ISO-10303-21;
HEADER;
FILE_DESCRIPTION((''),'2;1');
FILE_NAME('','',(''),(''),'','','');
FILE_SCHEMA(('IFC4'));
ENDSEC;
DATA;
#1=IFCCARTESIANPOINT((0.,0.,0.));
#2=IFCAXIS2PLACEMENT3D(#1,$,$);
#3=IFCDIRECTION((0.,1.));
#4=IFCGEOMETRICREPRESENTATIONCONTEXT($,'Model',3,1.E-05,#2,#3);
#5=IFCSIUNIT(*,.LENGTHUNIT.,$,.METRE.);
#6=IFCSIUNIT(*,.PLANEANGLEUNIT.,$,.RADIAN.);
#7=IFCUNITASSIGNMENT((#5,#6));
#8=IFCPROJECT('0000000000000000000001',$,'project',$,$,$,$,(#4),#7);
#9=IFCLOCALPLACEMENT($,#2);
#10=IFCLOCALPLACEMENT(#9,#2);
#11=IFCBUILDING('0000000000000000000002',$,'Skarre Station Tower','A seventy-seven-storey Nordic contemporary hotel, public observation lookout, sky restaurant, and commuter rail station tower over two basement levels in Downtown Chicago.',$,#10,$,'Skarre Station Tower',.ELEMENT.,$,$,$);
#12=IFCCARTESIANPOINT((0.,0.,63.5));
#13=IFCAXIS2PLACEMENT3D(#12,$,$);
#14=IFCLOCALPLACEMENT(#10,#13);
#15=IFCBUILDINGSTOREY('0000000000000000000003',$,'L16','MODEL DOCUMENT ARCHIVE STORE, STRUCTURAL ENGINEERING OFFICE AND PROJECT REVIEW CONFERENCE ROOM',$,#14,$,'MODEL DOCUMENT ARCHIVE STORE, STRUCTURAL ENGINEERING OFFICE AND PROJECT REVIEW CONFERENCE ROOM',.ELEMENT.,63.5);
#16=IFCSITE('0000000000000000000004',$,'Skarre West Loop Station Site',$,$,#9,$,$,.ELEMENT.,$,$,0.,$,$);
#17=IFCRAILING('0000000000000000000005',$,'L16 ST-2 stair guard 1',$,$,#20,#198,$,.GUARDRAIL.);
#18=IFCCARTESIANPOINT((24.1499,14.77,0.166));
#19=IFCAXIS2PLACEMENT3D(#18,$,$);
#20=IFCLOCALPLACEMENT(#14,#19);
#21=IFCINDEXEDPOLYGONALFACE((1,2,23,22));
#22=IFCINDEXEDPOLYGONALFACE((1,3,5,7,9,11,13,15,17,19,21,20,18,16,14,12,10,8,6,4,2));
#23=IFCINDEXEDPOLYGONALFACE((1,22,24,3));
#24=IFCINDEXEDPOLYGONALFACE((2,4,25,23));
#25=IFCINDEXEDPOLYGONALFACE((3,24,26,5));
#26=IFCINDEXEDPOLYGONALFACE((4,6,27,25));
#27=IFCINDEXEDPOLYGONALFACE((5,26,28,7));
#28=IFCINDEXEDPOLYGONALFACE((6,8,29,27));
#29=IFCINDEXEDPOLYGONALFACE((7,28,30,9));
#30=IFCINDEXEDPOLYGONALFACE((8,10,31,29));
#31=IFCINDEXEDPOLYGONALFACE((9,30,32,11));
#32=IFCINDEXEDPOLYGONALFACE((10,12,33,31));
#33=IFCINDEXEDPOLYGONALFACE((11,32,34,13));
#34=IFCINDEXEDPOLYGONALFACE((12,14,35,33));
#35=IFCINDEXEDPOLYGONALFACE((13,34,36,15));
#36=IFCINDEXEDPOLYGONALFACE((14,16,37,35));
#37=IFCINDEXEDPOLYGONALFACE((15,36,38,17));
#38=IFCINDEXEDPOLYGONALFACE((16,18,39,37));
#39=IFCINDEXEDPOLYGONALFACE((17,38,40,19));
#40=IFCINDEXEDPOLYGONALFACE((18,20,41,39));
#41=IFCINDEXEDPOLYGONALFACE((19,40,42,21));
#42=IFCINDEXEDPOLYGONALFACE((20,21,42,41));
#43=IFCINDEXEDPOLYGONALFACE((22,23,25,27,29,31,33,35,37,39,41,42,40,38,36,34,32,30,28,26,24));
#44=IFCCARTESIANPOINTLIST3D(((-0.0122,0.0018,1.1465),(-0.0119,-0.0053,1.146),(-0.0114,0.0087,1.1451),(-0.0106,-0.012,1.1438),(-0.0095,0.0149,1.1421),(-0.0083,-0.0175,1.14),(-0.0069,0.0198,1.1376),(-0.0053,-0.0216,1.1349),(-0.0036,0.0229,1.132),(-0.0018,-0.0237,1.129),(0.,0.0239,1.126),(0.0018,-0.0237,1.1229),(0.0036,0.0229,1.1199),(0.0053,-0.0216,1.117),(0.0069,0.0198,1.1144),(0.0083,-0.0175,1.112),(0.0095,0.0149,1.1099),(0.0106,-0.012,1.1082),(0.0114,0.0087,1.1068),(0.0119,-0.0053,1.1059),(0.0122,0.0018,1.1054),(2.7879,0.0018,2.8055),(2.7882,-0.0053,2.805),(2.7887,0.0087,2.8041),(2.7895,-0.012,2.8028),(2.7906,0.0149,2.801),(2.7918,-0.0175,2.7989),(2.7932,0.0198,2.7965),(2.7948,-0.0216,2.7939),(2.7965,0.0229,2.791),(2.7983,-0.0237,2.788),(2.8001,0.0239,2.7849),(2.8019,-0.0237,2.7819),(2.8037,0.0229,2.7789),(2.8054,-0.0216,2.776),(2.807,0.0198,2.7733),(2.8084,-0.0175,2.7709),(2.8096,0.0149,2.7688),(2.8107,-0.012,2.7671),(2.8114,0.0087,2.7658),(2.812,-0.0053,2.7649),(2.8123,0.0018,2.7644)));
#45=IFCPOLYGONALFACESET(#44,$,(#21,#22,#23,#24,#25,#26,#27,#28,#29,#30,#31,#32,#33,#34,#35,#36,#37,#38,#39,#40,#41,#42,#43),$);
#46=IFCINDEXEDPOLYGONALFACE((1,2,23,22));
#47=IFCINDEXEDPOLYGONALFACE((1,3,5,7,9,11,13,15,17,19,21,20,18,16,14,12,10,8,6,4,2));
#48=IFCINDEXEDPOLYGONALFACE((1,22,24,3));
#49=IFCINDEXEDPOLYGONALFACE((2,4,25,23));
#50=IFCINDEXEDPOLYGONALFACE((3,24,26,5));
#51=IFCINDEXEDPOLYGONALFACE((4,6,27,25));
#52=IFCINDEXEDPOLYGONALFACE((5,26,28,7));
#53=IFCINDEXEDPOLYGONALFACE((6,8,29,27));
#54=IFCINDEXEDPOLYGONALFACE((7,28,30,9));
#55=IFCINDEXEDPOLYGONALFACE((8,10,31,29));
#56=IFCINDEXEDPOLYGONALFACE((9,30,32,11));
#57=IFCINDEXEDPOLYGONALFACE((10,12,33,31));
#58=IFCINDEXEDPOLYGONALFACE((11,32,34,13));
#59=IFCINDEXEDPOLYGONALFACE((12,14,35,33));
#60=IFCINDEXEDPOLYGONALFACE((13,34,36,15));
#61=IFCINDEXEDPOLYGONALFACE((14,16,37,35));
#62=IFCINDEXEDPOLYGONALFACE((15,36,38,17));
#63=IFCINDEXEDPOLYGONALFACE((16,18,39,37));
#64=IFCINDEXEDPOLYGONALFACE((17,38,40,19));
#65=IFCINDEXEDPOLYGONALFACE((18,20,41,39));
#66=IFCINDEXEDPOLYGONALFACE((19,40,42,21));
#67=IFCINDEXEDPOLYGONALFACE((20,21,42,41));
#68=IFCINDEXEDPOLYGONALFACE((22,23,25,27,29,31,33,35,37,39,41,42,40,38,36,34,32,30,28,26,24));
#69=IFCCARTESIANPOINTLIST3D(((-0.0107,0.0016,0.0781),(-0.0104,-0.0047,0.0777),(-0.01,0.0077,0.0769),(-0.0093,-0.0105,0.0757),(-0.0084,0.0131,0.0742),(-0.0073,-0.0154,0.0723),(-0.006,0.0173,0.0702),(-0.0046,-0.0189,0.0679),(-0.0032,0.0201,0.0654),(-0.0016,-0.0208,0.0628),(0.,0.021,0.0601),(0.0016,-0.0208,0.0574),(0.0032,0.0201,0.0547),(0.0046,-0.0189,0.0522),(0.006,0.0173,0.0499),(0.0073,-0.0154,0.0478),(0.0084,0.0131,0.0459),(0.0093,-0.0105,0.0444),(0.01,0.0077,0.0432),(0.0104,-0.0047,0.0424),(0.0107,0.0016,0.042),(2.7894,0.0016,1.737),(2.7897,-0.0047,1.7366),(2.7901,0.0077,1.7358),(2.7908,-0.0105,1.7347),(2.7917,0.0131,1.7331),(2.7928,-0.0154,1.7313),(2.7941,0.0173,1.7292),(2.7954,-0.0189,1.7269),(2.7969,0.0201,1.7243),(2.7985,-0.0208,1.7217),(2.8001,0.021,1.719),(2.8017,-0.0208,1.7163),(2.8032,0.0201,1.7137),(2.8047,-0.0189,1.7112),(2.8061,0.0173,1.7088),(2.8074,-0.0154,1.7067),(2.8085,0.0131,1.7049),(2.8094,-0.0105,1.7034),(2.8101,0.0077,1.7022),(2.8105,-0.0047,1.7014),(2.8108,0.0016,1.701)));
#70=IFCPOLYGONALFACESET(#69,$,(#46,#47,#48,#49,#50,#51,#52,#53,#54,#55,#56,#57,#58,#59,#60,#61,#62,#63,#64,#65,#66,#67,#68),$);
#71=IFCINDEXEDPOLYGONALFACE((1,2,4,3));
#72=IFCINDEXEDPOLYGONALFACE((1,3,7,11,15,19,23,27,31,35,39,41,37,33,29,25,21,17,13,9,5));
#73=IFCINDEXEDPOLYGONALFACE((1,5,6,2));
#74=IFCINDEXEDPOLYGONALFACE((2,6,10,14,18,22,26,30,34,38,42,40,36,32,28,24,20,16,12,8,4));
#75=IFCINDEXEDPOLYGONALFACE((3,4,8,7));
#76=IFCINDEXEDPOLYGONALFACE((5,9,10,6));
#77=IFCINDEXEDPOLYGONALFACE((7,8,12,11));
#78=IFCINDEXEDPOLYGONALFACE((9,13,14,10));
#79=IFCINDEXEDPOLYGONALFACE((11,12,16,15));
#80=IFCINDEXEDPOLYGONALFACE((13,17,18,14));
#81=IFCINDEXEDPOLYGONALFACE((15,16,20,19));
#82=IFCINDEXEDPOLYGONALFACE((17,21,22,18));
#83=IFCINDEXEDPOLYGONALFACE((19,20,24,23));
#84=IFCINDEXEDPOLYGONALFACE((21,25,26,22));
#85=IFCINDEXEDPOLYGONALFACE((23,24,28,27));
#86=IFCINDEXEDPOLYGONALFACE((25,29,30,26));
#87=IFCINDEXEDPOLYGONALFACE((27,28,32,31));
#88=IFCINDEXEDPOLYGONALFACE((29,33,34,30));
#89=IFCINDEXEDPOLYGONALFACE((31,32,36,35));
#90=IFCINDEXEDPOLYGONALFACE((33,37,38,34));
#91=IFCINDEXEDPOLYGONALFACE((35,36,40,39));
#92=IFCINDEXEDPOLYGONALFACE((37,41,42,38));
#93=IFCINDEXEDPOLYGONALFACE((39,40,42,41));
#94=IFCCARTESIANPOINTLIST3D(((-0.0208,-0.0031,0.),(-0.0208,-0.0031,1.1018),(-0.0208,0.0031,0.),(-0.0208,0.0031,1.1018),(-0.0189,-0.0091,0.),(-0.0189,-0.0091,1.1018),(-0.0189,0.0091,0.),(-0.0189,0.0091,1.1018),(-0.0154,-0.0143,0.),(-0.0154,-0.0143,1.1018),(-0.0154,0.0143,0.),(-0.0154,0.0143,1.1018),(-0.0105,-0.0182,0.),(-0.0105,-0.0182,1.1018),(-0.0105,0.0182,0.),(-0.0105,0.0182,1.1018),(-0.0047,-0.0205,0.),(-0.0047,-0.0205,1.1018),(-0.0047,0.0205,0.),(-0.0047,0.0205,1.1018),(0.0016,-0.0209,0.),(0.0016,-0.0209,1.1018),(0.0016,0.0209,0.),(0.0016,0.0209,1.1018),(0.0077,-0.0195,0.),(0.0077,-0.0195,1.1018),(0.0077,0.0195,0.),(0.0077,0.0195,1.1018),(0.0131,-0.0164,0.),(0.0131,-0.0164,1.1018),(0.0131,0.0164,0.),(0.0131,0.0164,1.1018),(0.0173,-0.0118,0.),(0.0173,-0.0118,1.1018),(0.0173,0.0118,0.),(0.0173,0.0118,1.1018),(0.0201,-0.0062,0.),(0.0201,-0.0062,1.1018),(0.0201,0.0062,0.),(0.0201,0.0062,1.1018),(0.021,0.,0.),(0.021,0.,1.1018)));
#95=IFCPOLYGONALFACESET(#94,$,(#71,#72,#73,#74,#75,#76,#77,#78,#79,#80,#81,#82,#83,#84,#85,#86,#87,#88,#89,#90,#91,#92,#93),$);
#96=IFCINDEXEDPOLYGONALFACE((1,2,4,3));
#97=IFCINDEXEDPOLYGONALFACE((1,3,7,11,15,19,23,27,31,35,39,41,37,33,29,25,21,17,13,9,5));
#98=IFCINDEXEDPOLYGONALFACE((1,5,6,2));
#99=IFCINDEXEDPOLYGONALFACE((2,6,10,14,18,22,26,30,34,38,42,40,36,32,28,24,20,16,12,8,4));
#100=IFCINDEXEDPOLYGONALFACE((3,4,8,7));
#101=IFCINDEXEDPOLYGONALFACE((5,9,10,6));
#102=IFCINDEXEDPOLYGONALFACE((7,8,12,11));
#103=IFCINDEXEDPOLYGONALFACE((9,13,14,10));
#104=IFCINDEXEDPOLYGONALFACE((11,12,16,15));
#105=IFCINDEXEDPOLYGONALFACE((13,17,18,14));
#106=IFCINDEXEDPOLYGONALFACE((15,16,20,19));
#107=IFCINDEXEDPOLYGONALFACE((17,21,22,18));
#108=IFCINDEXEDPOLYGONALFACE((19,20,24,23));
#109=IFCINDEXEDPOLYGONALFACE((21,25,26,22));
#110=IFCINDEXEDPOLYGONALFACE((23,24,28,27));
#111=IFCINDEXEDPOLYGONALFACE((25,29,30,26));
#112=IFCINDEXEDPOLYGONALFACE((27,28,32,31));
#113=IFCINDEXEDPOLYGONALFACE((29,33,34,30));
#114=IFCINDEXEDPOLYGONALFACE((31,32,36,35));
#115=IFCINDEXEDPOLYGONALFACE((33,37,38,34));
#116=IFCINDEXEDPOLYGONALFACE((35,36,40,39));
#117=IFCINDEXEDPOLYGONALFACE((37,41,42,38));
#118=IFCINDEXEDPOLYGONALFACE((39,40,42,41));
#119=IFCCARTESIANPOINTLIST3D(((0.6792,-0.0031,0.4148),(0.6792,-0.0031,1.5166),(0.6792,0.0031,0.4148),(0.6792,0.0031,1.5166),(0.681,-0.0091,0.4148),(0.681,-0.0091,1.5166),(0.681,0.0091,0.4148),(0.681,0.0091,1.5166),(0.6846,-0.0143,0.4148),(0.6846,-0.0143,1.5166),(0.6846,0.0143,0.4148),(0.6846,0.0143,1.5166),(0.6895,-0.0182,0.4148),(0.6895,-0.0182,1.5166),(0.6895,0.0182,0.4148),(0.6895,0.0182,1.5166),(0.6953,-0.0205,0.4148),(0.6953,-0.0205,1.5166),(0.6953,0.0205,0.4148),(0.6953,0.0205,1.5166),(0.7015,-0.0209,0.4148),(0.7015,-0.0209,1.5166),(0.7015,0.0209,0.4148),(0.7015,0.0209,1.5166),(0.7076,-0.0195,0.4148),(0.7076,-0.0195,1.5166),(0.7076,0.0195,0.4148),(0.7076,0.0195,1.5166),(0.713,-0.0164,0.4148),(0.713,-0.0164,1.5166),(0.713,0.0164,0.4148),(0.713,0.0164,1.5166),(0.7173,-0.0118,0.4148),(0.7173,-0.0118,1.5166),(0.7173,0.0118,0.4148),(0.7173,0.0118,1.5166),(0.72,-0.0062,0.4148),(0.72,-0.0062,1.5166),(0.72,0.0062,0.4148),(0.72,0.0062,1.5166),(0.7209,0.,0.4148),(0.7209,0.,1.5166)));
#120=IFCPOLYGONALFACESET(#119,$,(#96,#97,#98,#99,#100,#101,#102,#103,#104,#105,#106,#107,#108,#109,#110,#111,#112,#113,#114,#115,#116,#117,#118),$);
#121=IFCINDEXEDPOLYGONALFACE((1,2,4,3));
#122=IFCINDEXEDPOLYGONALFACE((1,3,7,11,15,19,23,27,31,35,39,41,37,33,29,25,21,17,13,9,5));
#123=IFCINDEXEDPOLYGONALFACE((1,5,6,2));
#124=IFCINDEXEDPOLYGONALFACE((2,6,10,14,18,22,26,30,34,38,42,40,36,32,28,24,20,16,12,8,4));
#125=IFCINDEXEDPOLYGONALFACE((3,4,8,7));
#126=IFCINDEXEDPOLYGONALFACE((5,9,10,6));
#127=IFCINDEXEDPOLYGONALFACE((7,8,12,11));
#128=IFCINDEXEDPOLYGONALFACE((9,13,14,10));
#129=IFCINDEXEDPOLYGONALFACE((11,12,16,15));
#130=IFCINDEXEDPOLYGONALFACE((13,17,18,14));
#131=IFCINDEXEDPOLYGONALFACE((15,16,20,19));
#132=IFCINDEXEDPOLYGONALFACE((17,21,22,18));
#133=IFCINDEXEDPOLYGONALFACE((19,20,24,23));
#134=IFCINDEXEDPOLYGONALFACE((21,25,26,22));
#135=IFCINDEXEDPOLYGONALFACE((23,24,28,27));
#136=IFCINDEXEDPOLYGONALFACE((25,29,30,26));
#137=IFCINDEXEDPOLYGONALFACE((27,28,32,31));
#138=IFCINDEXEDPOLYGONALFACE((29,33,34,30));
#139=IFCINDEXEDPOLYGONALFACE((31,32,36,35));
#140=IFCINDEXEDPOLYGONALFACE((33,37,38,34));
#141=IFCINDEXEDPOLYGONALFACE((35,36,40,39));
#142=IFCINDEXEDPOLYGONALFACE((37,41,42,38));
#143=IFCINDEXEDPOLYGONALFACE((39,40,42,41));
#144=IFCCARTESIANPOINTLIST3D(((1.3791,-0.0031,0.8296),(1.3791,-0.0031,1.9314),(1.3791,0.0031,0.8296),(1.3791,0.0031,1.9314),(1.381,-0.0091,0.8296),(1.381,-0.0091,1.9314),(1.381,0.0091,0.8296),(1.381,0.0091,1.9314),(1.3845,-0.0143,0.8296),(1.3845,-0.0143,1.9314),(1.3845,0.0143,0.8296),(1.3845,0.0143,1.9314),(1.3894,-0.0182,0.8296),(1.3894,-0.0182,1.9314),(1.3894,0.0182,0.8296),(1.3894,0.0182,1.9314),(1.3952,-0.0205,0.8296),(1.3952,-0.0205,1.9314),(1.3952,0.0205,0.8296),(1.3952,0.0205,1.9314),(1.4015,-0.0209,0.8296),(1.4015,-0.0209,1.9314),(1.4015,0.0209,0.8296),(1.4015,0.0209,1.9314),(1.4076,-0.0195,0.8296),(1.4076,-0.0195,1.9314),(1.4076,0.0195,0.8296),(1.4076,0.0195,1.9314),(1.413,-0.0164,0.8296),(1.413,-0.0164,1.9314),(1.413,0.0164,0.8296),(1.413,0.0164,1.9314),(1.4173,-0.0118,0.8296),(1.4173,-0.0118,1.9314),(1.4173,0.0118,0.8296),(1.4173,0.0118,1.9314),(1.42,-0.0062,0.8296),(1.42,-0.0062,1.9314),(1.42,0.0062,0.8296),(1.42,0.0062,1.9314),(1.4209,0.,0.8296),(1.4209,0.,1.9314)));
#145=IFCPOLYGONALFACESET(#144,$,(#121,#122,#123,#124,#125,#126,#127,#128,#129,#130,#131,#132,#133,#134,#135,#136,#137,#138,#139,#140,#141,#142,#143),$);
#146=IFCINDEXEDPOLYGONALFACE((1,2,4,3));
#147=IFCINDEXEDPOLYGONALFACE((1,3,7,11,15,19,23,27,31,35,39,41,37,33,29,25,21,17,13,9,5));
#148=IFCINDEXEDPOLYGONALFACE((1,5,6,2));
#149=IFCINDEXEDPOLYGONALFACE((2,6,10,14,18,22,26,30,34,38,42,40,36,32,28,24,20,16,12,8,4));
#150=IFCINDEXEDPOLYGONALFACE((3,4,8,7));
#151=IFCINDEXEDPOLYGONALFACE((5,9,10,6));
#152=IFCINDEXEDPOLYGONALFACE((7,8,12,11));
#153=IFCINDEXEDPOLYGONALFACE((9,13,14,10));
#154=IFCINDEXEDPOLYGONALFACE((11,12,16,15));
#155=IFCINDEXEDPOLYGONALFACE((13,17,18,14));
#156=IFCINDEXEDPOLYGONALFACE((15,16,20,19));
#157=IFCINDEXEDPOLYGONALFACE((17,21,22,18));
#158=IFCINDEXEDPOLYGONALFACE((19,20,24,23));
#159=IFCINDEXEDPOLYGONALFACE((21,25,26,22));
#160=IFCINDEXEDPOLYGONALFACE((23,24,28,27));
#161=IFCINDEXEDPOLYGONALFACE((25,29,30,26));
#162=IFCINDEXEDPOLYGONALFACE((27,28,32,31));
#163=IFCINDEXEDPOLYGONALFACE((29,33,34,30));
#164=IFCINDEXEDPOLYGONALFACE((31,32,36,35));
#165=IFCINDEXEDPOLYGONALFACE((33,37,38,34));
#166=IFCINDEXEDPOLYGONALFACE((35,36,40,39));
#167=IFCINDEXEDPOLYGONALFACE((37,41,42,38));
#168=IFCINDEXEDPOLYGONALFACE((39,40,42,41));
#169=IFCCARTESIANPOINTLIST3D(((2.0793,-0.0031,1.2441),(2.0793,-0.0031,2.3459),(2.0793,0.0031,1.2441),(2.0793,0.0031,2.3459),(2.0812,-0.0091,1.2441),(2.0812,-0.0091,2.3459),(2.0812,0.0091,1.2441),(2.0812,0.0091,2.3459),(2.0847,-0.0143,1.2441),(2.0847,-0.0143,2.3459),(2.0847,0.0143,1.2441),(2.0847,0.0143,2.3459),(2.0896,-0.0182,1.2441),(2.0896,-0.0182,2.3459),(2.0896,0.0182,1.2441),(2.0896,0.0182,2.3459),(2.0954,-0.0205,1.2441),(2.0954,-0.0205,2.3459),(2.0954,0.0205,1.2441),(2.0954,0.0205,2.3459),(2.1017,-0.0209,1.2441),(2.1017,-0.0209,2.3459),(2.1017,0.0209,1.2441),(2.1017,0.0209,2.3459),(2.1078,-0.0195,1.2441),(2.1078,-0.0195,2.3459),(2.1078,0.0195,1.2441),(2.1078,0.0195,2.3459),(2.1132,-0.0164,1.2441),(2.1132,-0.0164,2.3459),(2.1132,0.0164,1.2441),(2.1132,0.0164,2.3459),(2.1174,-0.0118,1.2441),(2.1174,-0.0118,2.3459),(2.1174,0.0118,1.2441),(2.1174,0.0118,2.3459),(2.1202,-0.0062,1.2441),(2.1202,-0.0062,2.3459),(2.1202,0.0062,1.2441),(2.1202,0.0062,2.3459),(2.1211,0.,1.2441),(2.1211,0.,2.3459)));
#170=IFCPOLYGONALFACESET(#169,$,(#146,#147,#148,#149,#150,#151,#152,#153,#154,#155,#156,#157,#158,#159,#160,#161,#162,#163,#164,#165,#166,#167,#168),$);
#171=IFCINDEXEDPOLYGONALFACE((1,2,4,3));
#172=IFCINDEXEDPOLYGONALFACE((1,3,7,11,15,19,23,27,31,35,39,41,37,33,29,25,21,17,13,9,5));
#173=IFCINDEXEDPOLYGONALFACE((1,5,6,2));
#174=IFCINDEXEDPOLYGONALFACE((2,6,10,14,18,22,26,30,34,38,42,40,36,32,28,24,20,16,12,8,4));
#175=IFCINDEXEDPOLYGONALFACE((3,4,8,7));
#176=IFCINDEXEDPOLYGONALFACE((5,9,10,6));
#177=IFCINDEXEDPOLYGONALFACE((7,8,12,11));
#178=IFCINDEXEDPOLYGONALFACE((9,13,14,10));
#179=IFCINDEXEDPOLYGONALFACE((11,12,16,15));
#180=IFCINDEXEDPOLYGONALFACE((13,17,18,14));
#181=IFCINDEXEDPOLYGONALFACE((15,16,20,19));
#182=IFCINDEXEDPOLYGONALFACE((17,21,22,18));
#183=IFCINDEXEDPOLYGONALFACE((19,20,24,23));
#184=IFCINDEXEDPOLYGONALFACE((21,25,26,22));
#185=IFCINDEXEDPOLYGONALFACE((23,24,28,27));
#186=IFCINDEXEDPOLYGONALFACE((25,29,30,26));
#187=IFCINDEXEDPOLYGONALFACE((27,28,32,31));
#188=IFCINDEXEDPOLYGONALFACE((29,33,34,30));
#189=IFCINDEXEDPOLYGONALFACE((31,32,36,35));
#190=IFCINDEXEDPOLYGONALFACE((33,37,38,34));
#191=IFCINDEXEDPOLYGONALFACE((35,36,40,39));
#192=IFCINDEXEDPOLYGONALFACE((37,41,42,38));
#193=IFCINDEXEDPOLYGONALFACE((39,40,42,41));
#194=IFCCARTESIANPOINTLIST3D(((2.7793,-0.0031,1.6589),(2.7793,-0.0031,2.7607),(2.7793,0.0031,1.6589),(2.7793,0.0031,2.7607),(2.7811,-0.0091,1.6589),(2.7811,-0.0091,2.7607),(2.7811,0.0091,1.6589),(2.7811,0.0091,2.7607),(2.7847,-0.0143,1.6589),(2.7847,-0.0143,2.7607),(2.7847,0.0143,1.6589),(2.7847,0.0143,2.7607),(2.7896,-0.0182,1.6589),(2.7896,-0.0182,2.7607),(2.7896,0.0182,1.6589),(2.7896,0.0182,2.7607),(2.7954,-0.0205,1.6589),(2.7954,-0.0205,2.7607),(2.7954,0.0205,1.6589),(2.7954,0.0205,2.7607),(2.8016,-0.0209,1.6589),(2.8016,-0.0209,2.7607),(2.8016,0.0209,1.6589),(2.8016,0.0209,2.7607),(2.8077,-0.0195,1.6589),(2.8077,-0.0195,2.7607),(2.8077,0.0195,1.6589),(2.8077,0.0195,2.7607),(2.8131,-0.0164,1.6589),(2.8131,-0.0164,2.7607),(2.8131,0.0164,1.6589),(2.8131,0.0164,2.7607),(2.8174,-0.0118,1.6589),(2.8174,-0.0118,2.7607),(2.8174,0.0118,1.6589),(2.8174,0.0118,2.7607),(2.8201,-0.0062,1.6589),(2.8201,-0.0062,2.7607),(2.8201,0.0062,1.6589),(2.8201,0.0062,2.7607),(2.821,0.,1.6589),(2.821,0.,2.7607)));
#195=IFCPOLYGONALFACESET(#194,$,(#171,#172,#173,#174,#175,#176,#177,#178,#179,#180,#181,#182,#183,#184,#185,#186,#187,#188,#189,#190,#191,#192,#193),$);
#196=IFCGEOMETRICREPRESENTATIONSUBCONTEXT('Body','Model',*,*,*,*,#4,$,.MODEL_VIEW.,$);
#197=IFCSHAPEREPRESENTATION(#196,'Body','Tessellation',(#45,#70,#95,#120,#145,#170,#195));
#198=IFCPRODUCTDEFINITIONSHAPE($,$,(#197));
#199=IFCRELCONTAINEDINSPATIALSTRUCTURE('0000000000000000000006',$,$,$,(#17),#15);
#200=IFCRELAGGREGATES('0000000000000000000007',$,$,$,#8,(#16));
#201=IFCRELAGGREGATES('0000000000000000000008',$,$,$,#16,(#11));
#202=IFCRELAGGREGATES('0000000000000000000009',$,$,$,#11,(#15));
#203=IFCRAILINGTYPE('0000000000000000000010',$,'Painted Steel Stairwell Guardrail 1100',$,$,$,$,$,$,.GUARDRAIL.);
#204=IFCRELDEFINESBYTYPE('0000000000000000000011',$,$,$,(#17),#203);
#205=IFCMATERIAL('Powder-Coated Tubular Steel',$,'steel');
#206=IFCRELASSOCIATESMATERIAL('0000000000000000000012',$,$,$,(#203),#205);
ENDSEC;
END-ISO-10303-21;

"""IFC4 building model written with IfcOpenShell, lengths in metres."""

from ifc_helpers import new_model, si_unit, direction, frame, origin, origin_2d, place, context, subcontext, project, spatial, circle, extrude, material, type_object, element, save


model = new_model("IFC4")

# Units and contexts
model_context = context("Model", 3, precision=1e-05, world=origin(), true_north=direction((0.0, 1.0)))
body_context = subcontext(model_context, "Body", "Model", "MODEL_VIEW")
ifc_project = project(units=[si_unit("LENGTHUNIT", "METRE"), si_unit("PLANEANGLEUNIT", "RADIAN")], contexts=[model_context])

# Site, building, storey
site_placement = place(None, origin())
site = spatial("IfcSite", under=ifc_project, at=site_placement, Name="Skarre West Loop Station Site", CompositionType="ELEMENT", RefElevation=0.0)
building_placement = place(site_placement, origin())
building = spatial("IfcBuilding", under=site, at=building_placement, Name="Skarre Station Tower", Description="A seventy-seven-storey Nordic contemporary hotel, public observation lookout, sky restaurant, and commuter rail station tower over two basement levels in Downtown Chicago.", LongName="Skarre Station Tower", CompositionType="ELEMENT")
storey_placement = place(building_placement, frame((0.0, 0.0, 63.5)))
storey = spatial("IfcBuildingStorey", under=building, at=storey_placement, Name="L16", Description="MODEL DOCUMENT ARCHIVE STORE, STRUCTURAL ENGINEERING OFFICE AND PROJECT REVIEW CONFERENCE ROOM", LongName="MODEL DOCUMENT ARCHIVE STORE, STRUCTURAL ENGINEERING OFFICE AND PROJECT REVIEW CONFERENCE ROOM", CompositionType="ELEMENT", Elevation=63.5)

# Railing
ifc_material_1 = material(Name="Powder-Coated Tubular Steel", Category="steel")
railing_type_1 = type_object("IfcRailingType", Name="Painted Steel Stairwell Guardrail 1100", PredefinedType="GUARDRAIL", material=ifc_material_1)
railing_1_placement = place(storey_placement, frame((24.1499, 14.77, 0.166)))
element("IfcRailing", 1, at=railing_1_placement, inside=storey, type_object=railing_type_1, Name="L16 ST-2 stair guard 1", PredefinedType="GUARDRAIL", context=body_context, shape_type="SweptSolid", body=[
    extrude(circle(Radius=0.0239, at=origin_2d()), frame((0.0, 0.0, 1.126), z_axis=(0.860339, 0.0, 0.509722), x_axis=(0.0, 1.0, 0.0)), (0.0, 0.0, 1.0), 3.2546),
    extrude(circle(Radius=0.021, at=origin_2d()), frame((0.0, 0.0, 0.0601), z_axis=(0.860339, 0.0, 0.509722), x_axis=(0.0, 1.0, 0.0)), (0.0, 0.0, 1.0), 3.2546),
    extrude(circle(Radius=0.021, at=origin_2d()), origin(), (0.0, 0.0, 1.0), 1.1018),
    extrude(circle(Radius=0.021, at=origin_2d()), frame((0.7, 0.0, 0.4148)), (0.0, 0.0, 1.0), 1.1018),
    extrude(circle(Radius=0.021, at=origin_2d()), frame((1.3999, 0.0, 0.8296)), (0.0, 0.0, 1.0), 1.1018),
    extrude(circle(Radius=0.021, at=origin_2d()), frame((2.1001, 0.0, 1.2441)), (0.0, 0.0, 1.0), 1.1018),
    extrude(circle(Radius=0.021, at=origin_2d()), frame((2.8, 0.0, 1.6589)), (0.0, 0.0, 1.0), 1.1018),
])

save(model, "model.ifc")
